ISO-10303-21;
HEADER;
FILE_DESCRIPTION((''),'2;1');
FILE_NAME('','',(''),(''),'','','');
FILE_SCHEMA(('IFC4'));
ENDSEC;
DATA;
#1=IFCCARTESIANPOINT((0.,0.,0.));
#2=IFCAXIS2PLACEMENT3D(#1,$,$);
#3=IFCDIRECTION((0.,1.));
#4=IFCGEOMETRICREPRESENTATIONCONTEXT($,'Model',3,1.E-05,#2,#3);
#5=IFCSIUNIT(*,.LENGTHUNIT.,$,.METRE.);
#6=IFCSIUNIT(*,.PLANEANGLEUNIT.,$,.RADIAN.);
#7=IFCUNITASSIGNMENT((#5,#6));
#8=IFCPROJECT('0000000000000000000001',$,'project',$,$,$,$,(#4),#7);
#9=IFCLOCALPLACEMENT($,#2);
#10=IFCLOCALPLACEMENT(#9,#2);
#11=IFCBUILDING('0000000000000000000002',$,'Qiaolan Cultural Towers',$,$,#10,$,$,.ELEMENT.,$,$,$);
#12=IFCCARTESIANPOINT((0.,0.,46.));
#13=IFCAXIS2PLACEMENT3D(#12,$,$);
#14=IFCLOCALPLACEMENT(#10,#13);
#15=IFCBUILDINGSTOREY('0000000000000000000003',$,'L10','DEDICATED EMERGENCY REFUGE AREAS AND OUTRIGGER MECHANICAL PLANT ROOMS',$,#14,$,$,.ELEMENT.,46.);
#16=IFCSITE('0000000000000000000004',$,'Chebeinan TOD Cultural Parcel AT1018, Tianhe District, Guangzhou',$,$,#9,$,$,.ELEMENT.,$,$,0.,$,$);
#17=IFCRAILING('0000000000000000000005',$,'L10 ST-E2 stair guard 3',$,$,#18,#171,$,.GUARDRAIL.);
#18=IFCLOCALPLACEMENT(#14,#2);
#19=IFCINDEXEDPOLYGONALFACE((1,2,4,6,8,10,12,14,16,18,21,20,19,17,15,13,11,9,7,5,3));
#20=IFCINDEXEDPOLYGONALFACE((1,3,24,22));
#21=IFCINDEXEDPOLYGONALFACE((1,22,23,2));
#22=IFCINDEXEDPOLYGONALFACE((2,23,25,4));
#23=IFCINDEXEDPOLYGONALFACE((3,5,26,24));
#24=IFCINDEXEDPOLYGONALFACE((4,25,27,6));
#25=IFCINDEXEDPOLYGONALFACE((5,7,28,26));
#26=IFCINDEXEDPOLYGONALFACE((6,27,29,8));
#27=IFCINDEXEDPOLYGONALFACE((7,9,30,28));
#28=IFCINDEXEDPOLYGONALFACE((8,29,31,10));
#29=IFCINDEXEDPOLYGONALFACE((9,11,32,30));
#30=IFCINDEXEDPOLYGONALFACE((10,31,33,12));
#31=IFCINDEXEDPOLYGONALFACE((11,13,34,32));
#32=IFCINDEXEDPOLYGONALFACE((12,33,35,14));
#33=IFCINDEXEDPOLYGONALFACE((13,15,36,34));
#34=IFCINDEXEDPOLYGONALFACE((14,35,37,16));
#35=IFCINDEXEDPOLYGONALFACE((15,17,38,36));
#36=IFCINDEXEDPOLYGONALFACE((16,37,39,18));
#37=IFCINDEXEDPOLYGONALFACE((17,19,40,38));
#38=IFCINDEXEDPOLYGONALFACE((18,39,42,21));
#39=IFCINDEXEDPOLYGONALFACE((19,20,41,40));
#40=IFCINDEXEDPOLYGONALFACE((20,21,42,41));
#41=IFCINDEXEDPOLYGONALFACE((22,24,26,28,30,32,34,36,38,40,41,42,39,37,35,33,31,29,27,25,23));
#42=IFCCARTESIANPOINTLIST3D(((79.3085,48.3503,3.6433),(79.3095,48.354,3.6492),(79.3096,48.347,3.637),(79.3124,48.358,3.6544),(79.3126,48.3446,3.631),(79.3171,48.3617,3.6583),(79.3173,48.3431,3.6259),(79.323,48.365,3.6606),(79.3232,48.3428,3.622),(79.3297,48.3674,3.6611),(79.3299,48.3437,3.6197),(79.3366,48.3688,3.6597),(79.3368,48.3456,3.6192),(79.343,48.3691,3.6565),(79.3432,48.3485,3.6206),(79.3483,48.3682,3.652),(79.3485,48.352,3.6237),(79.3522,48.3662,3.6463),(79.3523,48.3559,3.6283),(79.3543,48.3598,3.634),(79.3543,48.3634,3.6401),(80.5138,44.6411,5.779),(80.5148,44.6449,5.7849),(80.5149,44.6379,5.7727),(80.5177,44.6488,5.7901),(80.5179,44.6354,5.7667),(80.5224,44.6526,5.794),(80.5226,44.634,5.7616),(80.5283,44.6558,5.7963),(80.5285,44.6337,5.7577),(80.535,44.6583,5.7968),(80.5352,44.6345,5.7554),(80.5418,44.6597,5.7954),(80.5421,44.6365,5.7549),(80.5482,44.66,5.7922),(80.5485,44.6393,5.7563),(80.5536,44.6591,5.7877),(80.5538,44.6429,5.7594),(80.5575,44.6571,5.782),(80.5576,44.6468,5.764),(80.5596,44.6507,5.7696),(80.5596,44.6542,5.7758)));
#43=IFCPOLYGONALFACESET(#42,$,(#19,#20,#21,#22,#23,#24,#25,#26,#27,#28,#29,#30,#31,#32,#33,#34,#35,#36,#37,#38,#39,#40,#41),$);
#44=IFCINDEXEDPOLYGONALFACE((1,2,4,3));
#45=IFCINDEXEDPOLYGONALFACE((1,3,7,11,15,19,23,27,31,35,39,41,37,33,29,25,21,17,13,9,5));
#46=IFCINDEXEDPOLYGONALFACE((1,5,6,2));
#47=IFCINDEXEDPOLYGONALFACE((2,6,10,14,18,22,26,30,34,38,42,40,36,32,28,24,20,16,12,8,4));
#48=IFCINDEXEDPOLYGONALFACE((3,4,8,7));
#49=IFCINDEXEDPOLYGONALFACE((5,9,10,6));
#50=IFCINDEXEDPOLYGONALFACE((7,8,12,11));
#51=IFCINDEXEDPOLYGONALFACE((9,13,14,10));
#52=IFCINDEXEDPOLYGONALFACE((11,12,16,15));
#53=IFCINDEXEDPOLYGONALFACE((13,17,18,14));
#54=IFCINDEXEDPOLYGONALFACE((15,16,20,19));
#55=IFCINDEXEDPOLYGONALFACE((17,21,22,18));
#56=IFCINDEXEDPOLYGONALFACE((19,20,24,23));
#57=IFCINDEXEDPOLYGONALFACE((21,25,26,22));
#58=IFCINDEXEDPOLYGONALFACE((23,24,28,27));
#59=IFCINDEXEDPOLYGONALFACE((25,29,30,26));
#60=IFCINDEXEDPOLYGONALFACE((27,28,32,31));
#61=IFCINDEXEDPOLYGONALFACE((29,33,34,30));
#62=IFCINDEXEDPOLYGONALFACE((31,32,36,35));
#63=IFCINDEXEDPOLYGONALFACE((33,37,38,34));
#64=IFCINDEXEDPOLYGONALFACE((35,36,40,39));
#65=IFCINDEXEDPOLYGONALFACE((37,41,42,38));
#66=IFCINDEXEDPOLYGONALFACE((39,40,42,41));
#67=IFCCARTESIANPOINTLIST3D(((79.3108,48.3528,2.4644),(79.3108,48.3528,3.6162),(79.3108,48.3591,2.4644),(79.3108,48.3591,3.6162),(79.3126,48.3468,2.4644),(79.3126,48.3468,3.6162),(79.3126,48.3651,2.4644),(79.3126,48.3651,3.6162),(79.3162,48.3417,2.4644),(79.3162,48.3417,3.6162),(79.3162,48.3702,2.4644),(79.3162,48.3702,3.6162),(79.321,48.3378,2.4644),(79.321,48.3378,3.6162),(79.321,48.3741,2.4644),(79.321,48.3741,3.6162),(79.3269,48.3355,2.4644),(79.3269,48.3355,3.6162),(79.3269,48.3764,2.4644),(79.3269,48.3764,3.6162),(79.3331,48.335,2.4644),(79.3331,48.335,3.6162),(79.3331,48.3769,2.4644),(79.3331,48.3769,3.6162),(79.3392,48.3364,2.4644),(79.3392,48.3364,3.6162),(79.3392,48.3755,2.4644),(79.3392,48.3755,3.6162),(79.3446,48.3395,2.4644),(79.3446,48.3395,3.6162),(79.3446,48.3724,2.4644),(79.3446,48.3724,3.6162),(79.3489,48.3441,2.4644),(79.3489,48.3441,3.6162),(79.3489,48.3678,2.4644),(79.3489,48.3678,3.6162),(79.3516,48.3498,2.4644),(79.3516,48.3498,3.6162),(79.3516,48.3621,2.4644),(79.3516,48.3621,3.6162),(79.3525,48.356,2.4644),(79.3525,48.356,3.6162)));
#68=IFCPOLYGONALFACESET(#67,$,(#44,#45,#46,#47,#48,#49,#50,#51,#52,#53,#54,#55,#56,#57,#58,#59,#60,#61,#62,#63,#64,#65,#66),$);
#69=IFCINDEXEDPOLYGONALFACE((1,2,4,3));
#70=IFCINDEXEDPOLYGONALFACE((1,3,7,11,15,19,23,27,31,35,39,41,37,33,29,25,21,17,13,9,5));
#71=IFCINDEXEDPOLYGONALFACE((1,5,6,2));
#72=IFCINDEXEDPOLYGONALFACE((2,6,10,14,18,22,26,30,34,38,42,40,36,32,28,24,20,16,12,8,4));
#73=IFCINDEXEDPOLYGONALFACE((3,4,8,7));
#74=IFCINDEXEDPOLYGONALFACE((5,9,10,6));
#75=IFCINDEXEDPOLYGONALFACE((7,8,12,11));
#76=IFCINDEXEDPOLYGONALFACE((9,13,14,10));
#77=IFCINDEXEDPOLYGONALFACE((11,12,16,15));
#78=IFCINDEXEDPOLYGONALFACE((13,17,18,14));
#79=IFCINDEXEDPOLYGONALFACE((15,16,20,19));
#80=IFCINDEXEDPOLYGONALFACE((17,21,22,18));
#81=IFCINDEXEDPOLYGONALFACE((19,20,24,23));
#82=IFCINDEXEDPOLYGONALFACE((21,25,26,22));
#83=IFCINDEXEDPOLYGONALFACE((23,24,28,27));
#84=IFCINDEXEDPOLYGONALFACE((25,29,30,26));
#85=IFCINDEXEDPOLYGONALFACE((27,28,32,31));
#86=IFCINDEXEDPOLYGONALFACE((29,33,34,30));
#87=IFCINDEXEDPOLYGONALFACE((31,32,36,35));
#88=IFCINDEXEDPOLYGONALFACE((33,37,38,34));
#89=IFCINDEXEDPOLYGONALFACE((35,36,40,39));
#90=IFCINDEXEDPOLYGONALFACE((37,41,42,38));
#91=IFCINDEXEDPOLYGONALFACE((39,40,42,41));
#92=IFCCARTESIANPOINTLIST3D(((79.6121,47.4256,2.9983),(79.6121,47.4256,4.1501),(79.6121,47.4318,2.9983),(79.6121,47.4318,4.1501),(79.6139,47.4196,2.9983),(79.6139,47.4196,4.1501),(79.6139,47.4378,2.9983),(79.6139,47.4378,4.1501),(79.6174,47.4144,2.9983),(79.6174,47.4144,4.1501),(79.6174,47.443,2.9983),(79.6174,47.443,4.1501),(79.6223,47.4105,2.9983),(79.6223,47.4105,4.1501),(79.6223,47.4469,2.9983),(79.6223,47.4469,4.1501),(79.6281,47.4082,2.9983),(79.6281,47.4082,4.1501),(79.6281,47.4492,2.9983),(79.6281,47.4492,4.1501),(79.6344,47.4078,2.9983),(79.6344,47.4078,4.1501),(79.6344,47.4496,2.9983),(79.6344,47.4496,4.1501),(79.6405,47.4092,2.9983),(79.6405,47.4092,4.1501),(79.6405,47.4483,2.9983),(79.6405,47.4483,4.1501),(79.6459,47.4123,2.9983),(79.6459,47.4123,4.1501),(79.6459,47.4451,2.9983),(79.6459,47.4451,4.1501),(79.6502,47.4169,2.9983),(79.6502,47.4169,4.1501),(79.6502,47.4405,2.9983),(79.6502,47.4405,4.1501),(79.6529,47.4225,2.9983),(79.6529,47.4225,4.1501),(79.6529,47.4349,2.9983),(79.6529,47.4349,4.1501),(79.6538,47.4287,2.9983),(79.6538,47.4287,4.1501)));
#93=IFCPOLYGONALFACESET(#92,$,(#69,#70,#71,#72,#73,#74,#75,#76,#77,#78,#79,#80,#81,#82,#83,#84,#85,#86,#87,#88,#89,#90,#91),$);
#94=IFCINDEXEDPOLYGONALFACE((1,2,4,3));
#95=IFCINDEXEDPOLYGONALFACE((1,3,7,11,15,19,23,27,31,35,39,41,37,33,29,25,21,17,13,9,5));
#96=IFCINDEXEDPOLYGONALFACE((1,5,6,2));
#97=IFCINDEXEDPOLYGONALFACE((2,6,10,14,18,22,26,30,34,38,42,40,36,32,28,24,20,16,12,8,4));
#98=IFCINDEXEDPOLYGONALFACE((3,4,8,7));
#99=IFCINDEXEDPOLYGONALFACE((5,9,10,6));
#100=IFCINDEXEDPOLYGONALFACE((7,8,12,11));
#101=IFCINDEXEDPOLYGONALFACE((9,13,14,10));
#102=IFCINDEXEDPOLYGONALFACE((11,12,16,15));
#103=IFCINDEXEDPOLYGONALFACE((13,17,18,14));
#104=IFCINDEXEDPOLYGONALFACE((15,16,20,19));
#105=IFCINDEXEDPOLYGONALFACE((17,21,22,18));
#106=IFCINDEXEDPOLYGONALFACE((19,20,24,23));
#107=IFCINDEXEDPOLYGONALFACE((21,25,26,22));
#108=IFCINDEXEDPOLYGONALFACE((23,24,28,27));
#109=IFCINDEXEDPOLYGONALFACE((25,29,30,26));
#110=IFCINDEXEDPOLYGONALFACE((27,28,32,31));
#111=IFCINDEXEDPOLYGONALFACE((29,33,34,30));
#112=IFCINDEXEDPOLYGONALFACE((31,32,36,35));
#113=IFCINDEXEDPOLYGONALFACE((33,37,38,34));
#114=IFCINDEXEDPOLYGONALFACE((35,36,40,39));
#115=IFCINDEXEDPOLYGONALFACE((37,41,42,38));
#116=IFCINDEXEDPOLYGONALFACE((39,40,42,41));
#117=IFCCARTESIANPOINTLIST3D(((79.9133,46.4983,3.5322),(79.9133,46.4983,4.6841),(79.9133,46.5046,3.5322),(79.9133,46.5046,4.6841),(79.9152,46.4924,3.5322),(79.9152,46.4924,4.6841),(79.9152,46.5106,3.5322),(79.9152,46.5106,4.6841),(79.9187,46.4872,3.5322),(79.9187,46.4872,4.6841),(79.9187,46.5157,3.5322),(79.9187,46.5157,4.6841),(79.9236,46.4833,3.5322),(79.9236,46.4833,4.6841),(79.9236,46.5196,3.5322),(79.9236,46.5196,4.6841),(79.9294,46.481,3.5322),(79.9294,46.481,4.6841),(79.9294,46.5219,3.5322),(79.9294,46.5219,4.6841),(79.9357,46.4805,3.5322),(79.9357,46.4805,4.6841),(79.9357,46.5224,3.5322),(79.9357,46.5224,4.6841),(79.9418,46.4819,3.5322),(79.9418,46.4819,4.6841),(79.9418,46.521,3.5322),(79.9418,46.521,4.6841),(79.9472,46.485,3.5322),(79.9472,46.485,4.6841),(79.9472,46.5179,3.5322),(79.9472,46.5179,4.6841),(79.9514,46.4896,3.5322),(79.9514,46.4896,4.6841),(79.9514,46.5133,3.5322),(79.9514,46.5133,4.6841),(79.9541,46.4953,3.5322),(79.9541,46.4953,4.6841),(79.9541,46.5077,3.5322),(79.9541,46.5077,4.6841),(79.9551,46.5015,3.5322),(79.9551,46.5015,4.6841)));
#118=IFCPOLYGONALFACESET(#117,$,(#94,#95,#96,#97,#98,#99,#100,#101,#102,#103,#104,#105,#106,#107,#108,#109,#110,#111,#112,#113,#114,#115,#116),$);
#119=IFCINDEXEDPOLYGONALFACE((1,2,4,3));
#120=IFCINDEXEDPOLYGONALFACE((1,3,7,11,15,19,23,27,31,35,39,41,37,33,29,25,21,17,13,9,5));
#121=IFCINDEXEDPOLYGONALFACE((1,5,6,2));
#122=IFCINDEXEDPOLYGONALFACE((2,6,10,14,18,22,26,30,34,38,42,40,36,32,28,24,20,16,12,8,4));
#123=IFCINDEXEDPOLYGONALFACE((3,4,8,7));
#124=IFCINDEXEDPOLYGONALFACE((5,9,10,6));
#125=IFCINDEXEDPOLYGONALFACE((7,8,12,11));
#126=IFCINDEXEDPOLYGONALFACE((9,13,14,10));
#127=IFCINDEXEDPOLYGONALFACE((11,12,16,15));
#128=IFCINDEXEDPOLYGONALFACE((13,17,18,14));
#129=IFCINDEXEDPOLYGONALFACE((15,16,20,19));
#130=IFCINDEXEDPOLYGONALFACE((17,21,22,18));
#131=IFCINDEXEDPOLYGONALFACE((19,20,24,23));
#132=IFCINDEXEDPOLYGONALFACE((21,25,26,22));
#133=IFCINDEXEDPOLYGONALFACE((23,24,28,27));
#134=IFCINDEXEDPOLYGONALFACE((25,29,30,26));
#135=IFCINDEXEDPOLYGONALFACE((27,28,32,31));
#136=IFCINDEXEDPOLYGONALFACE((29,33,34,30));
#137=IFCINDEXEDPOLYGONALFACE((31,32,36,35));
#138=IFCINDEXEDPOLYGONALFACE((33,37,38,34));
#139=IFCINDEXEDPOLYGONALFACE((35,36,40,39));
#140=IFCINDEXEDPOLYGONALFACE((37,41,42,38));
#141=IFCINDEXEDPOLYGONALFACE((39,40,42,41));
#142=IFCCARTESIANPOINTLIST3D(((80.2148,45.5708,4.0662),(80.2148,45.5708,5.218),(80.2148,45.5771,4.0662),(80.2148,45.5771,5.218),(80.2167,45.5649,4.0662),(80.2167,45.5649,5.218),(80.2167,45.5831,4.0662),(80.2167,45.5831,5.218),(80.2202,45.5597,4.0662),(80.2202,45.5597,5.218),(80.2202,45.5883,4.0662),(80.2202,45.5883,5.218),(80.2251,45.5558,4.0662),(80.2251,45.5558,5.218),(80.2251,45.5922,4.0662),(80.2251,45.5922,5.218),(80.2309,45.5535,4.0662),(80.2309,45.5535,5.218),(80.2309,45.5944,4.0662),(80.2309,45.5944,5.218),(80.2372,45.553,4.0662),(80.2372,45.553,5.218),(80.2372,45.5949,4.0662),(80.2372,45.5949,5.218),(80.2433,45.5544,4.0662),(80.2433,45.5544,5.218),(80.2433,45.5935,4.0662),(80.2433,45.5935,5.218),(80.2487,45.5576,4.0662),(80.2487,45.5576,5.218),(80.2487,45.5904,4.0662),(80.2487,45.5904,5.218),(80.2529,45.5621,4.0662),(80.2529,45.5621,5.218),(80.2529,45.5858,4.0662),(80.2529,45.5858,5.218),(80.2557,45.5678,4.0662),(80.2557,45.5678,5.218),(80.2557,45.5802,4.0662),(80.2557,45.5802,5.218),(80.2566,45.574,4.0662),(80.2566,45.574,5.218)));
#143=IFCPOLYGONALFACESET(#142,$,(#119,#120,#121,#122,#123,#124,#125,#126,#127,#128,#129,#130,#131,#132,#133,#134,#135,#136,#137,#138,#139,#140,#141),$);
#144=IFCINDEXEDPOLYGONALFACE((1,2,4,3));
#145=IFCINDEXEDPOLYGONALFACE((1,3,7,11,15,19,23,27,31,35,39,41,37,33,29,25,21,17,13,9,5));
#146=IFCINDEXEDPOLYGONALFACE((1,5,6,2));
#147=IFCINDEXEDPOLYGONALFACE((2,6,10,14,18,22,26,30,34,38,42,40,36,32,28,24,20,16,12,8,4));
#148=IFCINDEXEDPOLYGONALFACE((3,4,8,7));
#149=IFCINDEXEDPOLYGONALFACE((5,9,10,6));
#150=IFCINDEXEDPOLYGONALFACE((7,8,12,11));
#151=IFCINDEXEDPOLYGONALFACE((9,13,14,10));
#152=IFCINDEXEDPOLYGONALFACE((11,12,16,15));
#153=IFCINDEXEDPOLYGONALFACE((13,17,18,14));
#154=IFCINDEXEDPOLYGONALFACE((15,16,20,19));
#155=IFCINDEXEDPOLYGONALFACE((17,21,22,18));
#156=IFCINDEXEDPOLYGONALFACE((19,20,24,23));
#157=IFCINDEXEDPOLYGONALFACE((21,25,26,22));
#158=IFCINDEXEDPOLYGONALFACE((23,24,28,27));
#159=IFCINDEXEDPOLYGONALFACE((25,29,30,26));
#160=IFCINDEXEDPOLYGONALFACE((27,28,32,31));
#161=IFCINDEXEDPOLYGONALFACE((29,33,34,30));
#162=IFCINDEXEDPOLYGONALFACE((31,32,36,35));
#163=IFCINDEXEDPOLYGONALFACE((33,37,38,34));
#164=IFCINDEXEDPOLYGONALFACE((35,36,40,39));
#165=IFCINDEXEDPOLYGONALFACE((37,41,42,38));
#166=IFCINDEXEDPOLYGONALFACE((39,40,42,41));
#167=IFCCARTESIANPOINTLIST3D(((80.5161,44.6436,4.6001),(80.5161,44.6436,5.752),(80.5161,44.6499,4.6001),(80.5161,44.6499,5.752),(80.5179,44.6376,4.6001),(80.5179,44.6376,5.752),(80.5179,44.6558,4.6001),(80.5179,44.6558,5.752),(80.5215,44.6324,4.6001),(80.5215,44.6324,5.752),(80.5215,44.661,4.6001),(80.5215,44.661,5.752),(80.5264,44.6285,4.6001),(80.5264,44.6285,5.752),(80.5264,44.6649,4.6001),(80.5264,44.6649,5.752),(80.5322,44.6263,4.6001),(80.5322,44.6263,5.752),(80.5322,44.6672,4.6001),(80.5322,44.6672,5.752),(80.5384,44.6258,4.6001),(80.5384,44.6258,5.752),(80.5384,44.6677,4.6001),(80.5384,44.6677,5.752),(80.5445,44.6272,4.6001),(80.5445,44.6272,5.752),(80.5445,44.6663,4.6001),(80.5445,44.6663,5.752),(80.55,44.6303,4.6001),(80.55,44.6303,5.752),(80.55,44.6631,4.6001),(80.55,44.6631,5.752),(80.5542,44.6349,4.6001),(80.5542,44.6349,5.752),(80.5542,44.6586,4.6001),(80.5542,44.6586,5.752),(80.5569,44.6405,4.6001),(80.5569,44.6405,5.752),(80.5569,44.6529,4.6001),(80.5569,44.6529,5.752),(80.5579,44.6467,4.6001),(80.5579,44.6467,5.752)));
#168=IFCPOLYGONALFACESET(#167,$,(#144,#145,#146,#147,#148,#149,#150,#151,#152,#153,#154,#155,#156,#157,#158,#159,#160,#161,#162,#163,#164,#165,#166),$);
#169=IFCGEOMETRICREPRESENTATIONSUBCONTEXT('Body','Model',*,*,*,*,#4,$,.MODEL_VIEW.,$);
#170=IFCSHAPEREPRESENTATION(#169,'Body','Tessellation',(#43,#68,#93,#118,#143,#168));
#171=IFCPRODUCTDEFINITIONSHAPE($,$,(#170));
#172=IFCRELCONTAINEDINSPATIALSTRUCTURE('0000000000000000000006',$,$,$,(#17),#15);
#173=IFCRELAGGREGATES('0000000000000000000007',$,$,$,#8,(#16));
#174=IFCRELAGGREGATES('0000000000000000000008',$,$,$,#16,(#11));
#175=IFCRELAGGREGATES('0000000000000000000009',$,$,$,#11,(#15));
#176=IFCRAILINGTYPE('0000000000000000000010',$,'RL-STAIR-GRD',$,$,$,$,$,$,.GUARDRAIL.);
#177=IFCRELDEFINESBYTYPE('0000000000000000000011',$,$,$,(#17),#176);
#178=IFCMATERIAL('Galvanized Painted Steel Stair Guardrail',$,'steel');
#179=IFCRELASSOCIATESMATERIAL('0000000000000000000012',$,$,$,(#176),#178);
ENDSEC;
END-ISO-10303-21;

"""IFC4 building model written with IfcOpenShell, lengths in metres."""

from ifc_helpers import new_model, si_unit, direction, frame, origin, origin_2d, place, context, subcontext, project, spatial, circle, extrude, material, type_object, element, save


model = new_model("IFC4")

# Units and contexts
model_context = context("Model", 3, precision=1e-05, world=origin(), true_north=direction((0.0, 1.0)))
body_context = subcontext(model_context, "Body", "Model", "MODEL_VIEW")
ifc_project = project(units=[si_unit("LENGTHUNIT", "METRE"), si_unit("PLANEANGLEUNIT", "RADIAN")], contexts=[model_context])

# Site, building, storey
site_placement = place(None, origin())
site = spatial("IfcSite", under=ifc_project, at=site_placement, Name="Chebeinan TOD Cultural Parcel AT1018, Tianhe District, Guangzhou", CompositionType="ELEMENT", RefElevation=0.0)
building_placement = place(site_placement, origin())
building = spatial("IfcBuilding", under=site, at=building_placement, Name="Qiaolan Cultural Towers", CompositionType="ELEMENT")
storey_placement = place(building_placement, frame((0.0, 0.0, 46.0)))
storey = spatial("IfcBuildingStorey", under=building, at=storey_placement, Name="L10", Description="DEDICATED EMERGENCY REFUGE AREAS AND OUTRIGGER MECHANICAL PLANT ROOMS", CompositionType="ELEMENT", Elevation=46.0)

# Railing
ifc_material_1 = material(Name="Galvanized Painted Steel Stair Guardrail", Category="steel")
railing_type_1 = type_object("IfcRailingType", Name="RL-STAIR-GRD", PredefinedType="GUARDRAIL", material=ifc_material_1)
railing_1_placement = place(storey_placement, frame((79.3315, 48.356, 2.4644)))
element("IfcRailing", 1, at=railing_1_placement, inside=storey, type_object=railing_type_1, Name="L10 ST-E2 stair guard 3", PredefinedType="GUARDRAIL", context=body_context, shape_type="SweptSolid", body=[
    extrude(circle(Radius=0.0239, at=origin_2d()), frame((0.0, 0.0, 1.1758), z_axis=(0.271064, -0.834165, 0.480305), x_axis=(0.951047, 0.309045, 0.0)), (0.0, 0.0, 1.0), 4.4465),
    extrude(circle(Radius=0.021, at=origin_2d()), origin(), (0.0, 0.0, 1.0), 1.1519),
    extrude(circle(Radius=0.021, at=origin_2d()), frame((0.3013, -0.9272, 0.5339)), (0.0, 0.0, 1.0), 1.1519),
    extrude(circle(Radius=0.021, at=origin_2d()), frame((0.6025, -1.8545, 1.0679)), (0.0, 0.0, 1.0), 1.1519),
    extrude(circle(Radius=0.021, at=origin_2d()), frame((0.9041, -2.782, 1.6018)), (0.0, 0.0, 1.0), 1.1519),
    extrude(circle(Radius=0.021, at=origin_2d()), frame((1.2053, -3.7092, 2.1357)), (0.0, 0.0, 1.0), 1.1519),
])

save(model, "model.ifc")
